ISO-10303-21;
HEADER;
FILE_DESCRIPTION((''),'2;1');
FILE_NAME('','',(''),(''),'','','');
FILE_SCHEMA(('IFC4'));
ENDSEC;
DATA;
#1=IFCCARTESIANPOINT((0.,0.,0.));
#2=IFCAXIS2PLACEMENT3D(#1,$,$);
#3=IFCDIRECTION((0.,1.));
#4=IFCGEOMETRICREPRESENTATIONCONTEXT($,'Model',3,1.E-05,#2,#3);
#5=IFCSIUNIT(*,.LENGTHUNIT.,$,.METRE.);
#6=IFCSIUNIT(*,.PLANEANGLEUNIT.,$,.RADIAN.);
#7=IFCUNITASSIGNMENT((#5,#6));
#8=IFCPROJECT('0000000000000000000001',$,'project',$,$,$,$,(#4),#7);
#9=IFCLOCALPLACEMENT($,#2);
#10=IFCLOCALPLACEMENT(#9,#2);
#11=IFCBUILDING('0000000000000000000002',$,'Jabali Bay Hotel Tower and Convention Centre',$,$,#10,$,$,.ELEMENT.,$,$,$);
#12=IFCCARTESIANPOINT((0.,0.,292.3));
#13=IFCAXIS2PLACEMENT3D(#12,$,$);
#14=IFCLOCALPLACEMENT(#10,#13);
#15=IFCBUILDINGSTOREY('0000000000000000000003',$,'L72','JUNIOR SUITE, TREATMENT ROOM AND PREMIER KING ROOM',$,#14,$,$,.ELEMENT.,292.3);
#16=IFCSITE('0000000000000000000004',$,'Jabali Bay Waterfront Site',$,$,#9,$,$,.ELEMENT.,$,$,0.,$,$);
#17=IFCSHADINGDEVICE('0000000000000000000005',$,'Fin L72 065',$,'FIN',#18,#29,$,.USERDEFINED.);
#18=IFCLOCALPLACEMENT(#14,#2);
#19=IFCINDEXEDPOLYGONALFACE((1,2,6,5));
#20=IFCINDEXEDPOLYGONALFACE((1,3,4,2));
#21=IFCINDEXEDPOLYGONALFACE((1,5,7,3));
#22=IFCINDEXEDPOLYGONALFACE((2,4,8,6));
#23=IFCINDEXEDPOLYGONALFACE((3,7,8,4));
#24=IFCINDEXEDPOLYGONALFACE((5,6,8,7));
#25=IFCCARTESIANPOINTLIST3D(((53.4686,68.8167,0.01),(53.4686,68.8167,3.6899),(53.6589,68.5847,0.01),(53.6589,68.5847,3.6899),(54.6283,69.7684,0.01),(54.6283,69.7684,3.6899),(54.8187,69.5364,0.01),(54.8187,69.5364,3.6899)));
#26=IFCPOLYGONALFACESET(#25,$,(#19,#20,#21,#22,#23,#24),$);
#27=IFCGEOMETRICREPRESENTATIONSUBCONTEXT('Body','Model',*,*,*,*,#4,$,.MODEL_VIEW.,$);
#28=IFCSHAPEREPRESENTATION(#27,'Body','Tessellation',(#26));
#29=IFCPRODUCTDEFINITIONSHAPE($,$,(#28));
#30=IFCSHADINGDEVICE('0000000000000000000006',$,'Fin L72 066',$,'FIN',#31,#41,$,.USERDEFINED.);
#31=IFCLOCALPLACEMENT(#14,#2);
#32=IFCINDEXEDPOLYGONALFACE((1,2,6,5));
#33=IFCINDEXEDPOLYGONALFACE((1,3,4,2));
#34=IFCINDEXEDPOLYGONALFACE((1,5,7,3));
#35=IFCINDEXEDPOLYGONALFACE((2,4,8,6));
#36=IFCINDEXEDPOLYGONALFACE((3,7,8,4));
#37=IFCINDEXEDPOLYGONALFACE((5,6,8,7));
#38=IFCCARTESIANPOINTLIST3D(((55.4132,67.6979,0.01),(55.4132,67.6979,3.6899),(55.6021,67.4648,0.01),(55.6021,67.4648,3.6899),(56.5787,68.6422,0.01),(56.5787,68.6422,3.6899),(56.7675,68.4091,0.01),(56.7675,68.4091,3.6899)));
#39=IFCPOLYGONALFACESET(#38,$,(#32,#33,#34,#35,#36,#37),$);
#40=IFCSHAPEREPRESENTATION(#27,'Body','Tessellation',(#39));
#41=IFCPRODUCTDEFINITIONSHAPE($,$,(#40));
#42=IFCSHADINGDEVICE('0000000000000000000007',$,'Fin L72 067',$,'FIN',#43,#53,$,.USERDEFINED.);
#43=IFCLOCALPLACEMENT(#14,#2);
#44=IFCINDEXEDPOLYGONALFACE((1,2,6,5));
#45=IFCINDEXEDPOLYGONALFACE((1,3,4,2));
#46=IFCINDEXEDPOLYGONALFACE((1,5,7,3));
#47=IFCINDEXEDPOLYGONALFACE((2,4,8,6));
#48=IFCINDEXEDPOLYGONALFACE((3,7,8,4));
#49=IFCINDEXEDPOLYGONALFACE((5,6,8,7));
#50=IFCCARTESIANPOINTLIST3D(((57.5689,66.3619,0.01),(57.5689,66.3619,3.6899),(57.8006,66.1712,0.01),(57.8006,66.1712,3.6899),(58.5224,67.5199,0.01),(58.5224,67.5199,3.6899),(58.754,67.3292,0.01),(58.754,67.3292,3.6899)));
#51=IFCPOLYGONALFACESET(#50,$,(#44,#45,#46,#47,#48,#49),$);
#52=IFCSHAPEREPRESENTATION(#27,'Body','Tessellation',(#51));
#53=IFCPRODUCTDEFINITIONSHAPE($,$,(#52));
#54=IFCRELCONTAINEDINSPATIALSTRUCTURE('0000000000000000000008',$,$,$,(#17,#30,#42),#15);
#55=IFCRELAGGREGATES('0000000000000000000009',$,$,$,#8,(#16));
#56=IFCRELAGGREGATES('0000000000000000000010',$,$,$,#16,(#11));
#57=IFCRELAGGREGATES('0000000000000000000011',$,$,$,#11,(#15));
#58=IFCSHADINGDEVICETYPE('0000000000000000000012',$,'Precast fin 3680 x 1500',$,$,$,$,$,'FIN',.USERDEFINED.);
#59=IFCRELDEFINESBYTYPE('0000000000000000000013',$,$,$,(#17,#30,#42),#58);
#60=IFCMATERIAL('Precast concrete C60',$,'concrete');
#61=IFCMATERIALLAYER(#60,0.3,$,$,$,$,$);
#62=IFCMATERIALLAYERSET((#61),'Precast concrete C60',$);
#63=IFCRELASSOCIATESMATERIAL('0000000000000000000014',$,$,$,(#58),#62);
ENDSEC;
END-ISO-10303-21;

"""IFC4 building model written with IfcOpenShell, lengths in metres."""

from ifc_helpers import new_model, si_unit, direction, frame, frame_2d, origin, place, context, subcontext, project, spatial, rectangle, extrude, material, layer, layer_set, type_object, element, save


model = new_model("IFC4")

# Units and contexts
model_context = context("Model", 3, precision=1e-05, world=origin(), true_north=direction((0.0, 1.0)))
body_context = subcontext(model_context, "Body", "Model", "MODEL_VIEW")
ifc_project = project(units=[si_unit("LENGTHUNIT", "METRE"), si_unit("PLANEANGLEUNIT", "RADIAN")], contexts=[model_context])

# Site, building, storey
site_placement = place(None, origin())
site = spatial("IfcSite", under=ifc_project, at=site_placement, Name="Jabali Bay Waterfront Site", CompositionType="ELEMENT", RefElevation=0.0)
building_placement = place(site_placement, origin())
building = spatial("IfcBuilding", under=site, at=building_placement, Name="Jabali Bay Hotel Tower and Convention Centre", CompositionType="ELEMENT")
storey_placement = place(building_placement, frame((0.0, 0.0, 292.3)))
storey = spatial("IfcBuildingStorey", under=building, at=storey_placement, Name="L72", Description="JUNIOR SUITE, TREATMENT ROOM AND PREMIER KING ROOM", CompositionType="ELEMENT", Elevation=292.3)

# Shading devices
ifc_material_1 = material(Name="Precast concrete C60", Category="concrete")
ifc_layer_1 = layer(ifc_material_1, 0.3)
ifc_layer_set_1 = layer_set([ifc_layer_1], Name="Precast concrete C60")
shading_device_type_1 = type_object("IfcShadingDeviceType", Name="Precast fin 3680 x 1500", ElementType="FIN", PredefinedType="USERDEFINED", material=ifc_layer_set_1)
shading_device_placement = place(storey_placement, frame((54.7234, 69.6523, 0.01), z_axis=(0.0, 0.0, 1.0), x_axis=(-0.773028, -0.634371, 0.0)))
element("IfcShadingDevice", 1, at=shading_device_placement, inside=storey, type_object=shading_device_type_1, Name="Fin L72 065", ObjectType="FIN", PredefinedType="USERDEFINED", context=body_context, shape_type="SweptSolid", body=[
    extrude(rectangle(XDim=1.5002, YDim=0.3, at=frame_2d((0.75, 0.0))), origin(), (0.0, 0.0, 1.0), 3.6799),
])
for number, where, z_axis, x_axis, name in (
    (2, (56.6731, 68.5256, 0.01), (0.0, 0.0, 1.0), (-0.776979, -0.629526, 0.0), "Fin L72 066"),
    (3, (58.6382, 67.4246, 0.01), (0.0, 0.0, 1.0), (-0.63561, -0.77201, 0.0), "Fin L72 067"),
):
    element("IfcShadingDevice", number, at=place(storey_placement, frame(where, z_axis=z_axis, x_axis=x_axis)), inside=storey, type_object=shading_device_type_1, Name=name, ObjectType="FIN", PredefinedType="USERDEFINED", context=body_context, shape_type="SweptSolid", body=[
        extrude(rectangle(XDim=1.5, YDim=0.3, at=frame_2d((0.75, 0.0))), origin(), (0.0, 0.0, 1.0), 3.6799),
    ])

save(model, "model.ifc")
